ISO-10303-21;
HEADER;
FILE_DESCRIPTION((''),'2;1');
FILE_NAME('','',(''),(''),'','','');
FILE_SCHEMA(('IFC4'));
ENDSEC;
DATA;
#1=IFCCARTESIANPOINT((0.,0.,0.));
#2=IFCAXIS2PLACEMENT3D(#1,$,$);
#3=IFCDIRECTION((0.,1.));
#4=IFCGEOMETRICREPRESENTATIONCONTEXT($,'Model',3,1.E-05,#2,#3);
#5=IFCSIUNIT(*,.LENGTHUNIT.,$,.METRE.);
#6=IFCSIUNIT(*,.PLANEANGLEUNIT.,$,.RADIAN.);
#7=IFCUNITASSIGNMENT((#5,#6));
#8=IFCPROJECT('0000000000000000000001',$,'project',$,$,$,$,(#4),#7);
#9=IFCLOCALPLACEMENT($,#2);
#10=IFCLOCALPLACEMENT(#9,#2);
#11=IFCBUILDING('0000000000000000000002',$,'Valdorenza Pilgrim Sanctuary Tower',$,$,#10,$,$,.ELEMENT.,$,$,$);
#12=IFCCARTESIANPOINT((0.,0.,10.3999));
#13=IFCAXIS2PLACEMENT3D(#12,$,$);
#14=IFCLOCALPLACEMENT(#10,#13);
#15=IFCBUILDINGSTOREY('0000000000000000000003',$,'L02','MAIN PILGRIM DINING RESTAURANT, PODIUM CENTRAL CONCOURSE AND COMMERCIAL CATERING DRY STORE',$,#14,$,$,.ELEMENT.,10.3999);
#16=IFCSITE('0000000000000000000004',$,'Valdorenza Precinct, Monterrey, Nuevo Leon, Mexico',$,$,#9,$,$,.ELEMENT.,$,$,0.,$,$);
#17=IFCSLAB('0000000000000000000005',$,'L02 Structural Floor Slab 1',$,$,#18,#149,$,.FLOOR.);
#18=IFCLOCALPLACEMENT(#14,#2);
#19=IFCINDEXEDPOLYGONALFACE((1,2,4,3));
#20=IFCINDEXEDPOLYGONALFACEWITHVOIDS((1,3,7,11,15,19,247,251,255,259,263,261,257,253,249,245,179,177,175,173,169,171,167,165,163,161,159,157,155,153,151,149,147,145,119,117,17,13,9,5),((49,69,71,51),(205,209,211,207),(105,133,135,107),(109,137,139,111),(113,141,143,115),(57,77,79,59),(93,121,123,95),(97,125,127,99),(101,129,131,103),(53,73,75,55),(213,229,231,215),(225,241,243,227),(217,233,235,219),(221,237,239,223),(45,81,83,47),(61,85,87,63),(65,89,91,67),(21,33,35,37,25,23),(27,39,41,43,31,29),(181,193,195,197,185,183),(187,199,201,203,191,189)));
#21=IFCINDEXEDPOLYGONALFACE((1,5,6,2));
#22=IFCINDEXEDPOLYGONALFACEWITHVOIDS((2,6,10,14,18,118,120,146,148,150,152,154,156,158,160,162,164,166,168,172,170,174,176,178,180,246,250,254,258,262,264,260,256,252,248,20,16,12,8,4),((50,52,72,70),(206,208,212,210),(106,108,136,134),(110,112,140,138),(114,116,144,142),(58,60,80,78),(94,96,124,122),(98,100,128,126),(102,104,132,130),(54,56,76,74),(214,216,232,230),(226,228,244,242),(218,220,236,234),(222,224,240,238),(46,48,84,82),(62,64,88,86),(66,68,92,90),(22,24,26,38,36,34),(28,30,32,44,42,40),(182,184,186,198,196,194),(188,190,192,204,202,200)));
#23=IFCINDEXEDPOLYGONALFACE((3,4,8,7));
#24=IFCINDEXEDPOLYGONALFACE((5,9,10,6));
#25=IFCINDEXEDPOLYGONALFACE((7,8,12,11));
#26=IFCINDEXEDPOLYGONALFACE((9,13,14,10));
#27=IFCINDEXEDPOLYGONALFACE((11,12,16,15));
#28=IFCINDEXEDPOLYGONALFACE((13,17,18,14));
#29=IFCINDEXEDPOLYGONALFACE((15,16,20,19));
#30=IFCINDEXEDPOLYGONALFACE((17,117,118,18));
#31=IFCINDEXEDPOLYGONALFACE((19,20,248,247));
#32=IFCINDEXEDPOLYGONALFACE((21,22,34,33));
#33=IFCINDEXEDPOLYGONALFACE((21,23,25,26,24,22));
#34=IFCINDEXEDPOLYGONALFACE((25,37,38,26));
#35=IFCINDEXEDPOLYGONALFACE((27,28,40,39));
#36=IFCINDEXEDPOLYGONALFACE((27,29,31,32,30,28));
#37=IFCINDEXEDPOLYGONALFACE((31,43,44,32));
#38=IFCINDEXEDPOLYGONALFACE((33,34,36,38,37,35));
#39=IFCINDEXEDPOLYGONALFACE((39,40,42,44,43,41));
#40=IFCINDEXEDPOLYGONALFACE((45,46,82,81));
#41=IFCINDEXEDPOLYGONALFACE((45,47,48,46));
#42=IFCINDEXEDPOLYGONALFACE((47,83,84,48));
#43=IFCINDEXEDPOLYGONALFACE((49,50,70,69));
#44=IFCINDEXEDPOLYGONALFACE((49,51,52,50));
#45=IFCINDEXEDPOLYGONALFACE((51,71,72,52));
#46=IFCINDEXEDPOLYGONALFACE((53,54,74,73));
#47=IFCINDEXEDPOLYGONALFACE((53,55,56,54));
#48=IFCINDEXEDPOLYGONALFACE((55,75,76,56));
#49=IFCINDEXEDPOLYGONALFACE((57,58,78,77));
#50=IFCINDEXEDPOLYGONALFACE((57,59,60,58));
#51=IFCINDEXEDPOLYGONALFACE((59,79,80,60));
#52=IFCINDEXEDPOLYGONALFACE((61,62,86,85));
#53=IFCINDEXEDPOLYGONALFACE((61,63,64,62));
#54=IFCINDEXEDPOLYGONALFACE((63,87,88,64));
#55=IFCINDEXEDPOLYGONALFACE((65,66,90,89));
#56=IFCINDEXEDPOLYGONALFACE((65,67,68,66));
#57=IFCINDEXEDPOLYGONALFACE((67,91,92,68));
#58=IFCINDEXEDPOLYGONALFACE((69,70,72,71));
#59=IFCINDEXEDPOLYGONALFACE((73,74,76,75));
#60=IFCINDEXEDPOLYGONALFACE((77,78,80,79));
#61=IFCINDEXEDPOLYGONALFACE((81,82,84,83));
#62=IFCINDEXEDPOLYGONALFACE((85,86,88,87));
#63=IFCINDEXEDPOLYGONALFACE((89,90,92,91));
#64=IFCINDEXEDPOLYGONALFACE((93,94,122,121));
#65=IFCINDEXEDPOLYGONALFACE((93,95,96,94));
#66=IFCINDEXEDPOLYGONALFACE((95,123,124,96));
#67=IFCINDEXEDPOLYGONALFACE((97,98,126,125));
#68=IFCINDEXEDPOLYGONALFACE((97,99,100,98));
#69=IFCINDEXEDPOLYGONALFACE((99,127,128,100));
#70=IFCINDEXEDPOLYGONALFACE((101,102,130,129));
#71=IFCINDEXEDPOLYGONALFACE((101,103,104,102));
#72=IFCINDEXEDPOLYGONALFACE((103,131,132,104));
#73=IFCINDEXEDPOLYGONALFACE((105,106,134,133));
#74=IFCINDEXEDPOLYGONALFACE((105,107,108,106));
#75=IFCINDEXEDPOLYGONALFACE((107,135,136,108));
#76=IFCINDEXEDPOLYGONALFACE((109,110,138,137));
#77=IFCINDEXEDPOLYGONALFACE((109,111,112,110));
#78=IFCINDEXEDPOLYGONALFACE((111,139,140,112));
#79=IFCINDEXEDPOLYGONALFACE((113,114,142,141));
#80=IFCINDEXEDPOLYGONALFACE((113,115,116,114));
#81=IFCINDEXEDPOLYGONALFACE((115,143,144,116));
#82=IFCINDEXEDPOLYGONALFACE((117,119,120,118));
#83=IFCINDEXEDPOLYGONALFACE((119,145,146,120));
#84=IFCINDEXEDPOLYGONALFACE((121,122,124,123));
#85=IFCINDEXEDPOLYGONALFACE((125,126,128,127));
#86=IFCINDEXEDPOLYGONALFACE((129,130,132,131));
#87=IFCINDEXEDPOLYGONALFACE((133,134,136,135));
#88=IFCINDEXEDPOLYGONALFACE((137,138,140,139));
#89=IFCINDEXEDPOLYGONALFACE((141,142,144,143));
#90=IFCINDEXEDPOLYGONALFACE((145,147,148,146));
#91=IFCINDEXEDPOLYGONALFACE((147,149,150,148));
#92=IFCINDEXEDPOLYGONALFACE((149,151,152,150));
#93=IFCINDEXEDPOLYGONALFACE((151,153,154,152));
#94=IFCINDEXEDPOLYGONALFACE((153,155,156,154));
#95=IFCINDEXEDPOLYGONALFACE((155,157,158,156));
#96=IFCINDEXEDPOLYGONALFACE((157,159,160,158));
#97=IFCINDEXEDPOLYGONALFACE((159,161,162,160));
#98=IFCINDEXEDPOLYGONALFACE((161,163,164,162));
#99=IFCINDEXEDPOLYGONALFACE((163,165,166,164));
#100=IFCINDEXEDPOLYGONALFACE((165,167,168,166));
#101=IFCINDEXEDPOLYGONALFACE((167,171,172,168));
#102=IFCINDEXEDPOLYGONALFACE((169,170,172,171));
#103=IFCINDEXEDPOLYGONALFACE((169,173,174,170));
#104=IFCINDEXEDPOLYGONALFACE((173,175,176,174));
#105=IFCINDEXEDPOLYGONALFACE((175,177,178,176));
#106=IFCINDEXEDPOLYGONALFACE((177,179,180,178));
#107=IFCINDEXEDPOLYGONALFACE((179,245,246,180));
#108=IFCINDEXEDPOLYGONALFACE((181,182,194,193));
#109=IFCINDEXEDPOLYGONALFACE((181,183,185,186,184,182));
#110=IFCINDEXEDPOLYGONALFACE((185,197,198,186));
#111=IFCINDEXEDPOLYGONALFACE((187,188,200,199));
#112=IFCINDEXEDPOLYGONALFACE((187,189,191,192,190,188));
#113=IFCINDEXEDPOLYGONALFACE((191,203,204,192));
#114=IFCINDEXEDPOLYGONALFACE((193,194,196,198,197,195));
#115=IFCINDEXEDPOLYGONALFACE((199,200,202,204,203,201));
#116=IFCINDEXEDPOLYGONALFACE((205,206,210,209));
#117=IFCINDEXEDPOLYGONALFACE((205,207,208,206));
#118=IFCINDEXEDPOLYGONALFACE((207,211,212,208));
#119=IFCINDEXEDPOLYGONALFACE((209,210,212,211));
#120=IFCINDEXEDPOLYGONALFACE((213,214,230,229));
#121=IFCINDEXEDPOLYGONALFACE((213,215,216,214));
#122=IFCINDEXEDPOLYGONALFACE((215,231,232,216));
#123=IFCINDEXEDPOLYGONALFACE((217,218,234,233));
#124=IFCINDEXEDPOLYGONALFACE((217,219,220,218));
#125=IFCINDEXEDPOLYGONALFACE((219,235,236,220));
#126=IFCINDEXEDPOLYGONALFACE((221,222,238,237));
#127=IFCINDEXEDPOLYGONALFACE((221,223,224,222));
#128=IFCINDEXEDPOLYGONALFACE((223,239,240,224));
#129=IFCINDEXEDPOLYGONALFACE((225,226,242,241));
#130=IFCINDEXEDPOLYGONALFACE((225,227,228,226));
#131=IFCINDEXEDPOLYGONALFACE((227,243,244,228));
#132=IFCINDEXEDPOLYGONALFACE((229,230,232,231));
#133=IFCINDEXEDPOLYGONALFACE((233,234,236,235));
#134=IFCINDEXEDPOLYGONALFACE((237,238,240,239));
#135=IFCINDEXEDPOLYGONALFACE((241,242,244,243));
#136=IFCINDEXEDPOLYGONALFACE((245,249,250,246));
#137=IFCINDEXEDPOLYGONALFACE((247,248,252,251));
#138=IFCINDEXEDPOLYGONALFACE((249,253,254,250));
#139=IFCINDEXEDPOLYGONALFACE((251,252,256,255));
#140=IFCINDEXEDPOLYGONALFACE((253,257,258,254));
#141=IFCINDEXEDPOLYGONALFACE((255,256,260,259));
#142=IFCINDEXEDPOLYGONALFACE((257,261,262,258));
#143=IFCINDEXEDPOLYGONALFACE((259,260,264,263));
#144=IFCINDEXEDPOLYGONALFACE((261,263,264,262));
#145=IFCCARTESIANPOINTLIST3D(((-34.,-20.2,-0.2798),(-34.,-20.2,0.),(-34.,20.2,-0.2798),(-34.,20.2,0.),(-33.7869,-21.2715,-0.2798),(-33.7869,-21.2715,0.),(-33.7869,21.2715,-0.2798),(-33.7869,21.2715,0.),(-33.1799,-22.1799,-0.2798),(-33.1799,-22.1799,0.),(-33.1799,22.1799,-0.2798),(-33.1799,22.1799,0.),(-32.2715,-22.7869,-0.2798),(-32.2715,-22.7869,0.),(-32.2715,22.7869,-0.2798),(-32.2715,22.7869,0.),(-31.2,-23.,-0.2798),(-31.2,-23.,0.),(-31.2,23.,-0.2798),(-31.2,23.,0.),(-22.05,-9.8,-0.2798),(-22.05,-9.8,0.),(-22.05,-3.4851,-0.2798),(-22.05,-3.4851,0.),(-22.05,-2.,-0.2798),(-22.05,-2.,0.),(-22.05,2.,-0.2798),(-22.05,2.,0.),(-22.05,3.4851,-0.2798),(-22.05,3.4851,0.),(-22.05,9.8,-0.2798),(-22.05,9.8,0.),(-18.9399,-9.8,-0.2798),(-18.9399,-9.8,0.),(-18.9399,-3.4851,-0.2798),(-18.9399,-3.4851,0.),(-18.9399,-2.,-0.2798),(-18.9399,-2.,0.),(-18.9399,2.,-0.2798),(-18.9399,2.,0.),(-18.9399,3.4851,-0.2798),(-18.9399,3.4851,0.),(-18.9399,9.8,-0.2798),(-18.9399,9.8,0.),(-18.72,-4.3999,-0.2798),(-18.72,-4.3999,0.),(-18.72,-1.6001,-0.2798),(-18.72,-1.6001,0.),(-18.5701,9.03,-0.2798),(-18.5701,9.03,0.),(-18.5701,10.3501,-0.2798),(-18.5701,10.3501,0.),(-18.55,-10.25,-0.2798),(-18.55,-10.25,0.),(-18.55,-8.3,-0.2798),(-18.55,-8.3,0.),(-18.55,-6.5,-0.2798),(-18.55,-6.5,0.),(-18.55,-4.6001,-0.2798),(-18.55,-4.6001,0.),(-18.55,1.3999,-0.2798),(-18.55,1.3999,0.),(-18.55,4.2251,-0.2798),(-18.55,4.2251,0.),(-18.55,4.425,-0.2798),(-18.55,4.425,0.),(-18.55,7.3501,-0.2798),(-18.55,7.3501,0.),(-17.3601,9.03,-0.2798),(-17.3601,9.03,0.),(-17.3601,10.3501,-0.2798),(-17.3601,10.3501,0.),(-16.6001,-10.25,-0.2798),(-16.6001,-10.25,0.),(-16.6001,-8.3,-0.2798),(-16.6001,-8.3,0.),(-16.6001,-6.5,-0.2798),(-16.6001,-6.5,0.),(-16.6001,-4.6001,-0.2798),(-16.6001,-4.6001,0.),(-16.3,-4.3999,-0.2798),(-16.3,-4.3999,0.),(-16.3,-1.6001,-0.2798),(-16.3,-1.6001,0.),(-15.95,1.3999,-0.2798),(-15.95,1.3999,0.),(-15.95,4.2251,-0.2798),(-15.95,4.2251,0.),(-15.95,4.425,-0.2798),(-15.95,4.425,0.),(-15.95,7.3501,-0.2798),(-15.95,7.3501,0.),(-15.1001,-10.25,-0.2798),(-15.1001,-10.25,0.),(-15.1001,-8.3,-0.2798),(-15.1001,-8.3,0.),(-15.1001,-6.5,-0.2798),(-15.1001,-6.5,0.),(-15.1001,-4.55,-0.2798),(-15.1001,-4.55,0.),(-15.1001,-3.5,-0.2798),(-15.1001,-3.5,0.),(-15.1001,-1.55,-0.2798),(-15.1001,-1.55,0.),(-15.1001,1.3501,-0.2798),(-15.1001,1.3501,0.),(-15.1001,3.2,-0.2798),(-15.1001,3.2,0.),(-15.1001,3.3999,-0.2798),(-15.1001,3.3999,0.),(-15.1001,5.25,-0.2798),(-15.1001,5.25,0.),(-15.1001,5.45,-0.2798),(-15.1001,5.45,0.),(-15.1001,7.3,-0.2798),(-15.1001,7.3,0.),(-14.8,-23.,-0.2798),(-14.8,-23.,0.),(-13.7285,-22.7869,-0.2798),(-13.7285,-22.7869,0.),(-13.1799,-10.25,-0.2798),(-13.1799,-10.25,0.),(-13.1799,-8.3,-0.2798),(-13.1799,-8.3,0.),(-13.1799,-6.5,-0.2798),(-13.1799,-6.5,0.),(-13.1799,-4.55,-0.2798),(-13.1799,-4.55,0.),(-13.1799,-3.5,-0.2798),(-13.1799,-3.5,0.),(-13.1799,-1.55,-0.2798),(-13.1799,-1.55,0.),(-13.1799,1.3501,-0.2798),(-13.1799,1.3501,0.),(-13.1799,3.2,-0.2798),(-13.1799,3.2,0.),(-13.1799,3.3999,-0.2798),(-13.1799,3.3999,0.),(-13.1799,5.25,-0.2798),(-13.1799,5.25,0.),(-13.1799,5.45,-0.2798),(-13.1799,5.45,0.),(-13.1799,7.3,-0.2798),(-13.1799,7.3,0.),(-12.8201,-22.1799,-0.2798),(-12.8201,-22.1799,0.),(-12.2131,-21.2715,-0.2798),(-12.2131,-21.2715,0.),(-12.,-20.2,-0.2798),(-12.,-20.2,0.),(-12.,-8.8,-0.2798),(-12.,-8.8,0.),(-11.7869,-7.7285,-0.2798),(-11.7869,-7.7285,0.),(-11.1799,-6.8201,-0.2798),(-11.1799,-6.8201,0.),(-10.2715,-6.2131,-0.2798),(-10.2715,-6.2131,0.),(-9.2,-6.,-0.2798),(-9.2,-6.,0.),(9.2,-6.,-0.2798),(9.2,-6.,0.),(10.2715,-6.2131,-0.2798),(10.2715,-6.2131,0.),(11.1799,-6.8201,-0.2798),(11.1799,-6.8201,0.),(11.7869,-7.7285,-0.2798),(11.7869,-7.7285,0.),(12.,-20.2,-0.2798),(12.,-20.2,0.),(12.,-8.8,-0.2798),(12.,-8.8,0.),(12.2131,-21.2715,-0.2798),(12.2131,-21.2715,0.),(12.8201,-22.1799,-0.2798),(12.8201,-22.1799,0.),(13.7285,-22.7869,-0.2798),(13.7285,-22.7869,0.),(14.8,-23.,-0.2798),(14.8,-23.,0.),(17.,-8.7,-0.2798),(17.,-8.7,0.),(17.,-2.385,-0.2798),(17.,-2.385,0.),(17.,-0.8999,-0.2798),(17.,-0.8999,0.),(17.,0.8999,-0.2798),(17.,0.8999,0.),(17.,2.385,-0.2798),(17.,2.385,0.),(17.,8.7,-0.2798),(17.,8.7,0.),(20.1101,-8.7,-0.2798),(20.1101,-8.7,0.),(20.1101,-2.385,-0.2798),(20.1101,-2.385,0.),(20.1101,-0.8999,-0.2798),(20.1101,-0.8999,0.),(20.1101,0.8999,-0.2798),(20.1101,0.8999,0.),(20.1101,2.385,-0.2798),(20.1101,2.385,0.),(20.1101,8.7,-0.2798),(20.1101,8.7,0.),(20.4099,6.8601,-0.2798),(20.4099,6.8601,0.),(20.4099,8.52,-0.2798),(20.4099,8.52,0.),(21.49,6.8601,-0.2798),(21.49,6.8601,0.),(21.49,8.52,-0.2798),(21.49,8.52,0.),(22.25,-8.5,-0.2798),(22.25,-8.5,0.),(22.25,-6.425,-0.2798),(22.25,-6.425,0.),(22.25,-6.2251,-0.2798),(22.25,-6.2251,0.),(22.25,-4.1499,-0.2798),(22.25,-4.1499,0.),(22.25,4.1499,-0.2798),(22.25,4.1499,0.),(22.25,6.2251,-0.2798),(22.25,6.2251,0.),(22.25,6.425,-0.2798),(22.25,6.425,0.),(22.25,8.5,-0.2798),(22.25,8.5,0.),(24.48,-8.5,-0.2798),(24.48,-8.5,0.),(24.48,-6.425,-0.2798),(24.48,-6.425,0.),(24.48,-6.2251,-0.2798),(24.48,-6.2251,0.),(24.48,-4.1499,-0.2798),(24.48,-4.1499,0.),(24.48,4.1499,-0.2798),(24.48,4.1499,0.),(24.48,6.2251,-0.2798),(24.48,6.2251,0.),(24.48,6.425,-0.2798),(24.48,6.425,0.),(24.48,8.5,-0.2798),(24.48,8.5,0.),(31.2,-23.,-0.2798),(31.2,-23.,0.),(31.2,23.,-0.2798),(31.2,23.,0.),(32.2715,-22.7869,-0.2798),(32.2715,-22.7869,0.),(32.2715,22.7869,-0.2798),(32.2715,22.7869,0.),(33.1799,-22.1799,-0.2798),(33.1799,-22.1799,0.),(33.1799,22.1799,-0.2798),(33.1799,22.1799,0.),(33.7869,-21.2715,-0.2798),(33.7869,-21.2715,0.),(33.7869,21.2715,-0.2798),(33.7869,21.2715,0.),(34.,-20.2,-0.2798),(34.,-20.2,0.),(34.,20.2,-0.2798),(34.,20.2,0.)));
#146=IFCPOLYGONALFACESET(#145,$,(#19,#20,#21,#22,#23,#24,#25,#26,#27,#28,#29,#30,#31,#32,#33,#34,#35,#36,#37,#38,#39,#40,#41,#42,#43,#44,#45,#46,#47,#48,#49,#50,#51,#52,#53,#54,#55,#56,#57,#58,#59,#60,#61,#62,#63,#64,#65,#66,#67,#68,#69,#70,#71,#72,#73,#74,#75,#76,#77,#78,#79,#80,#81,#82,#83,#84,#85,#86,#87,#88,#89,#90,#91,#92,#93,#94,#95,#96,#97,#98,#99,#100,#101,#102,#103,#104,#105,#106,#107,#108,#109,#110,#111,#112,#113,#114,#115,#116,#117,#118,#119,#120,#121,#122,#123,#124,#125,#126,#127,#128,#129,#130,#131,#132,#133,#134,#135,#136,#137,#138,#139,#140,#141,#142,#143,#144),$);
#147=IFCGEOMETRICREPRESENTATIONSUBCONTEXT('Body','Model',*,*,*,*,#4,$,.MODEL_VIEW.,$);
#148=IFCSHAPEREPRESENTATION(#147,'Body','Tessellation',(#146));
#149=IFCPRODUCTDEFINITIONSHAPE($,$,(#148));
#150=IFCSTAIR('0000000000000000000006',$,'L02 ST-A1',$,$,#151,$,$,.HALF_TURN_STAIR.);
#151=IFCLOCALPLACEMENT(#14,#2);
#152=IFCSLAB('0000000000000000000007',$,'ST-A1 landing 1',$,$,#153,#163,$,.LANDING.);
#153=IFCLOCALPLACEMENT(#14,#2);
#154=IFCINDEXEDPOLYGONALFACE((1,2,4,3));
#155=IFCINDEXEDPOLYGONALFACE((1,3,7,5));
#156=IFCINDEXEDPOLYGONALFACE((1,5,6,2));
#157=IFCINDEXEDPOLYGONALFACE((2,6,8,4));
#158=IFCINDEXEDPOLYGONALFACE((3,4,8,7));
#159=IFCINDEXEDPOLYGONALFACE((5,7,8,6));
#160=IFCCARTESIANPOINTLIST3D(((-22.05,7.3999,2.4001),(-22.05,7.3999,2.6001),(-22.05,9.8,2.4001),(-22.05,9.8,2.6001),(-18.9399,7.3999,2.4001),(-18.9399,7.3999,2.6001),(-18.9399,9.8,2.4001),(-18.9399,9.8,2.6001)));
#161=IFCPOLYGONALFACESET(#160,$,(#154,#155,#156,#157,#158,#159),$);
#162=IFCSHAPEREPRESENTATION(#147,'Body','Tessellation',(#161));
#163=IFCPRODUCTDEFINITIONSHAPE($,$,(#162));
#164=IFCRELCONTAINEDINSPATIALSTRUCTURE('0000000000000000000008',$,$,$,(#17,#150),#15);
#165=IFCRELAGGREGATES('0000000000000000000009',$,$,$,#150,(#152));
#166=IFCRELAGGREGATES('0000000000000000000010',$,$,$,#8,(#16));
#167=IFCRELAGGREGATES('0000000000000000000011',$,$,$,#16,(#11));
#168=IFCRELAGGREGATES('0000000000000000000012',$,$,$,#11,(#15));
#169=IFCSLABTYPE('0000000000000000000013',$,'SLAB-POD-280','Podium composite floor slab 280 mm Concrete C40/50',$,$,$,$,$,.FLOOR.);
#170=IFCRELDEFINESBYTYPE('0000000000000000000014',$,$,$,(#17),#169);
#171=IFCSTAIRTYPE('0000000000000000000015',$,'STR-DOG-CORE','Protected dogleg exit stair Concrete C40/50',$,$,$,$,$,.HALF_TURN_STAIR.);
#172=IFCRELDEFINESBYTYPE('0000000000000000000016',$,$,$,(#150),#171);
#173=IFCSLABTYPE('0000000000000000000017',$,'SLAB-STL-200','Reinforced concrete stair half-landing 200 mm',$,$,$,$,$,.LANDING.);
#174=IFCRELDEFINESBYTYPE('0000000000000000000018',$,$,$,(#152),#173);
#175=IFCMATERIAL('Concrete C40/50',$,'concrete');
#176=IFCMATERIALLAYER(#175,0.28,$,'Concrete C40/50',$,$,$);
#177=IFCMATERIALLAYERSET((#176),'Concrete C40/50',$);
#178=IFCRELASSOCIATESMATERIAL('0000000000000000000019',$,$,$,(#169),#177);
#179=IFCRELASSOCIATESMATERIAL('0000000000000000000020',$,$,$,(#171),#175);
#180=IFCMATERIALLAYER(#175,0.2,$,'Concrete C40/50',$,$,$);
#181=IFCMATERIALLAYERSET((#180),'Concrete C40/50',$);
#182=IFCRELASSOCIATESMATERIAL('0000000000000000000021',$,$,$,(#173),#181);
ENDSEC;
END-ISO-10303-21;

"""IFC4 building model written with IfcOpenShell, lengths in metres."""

from ifc_helpers import new_model, si_unit, direction, frame, origin, place, context, subcontext, project, spatial, polyline, outline, extrude, material, layer, layer_set, type_object, element, aggregate, save


model = new_model("IFC4")

# Units and contexts
model_context = context("Model", 3, precision=1e-05, world=origin(), true_north=direction((0.0, 1.0)))
body_context = subcontext(model_context, "Body", "Model", "MODEL_VIEW")
ifc_project = project(units=[si_unit("LENGTHUNIT", "METRE"), si_unit("PLANEANGLEUNIT", "RADIAN")], contexts=[model_context])

# Site, building, storey
site_placement = place(None, origin())
site = spatial("IfcSite", under=ifc_project, at=site_placement, Name="Valdorenza Precinct, Monterrey, Nuevo Leon, Mexico", CompositionType="ELEMENT", RefElevation=0.0)
building_placement = place(site_placement, origin())
building = spatial("IfcBuilding", under=site, at=building_placement, Name="Valdorenza Pilgrim Sanctuary Tower", CompositionType="ELEMENT")
storey_placement = place(building_placement, frame((0.0, 0.0, 10.3999)))
storey = spatial("IfcBuildingStorey", under=building, at=storey_placement, Name="L02", Description="MAIN PILGRIM DINING RESTAURANT, PODIUM CENTRAL CONCOURSE AND COMMERCIAL CATERING DRY STORE", CompositionType="ELEMENT", Elevation=10.3999)

# Slab
ifc_material_1 = material(Name="Concrete C40/50", Category="concrete")
ifc_layer_1 = layer(ifc_material_1, 0.28, Name="Concrete C40/50")
ifc_layer_set_1 = layer_set([ifc_layer_1], Name="Concrete C40/50")
slab_type_1 = type_object("IfcSlabType", Name="SLAB-POD-280", Description="Podium composite floor slab 280 mm Concrete C40/50", PredefinedType="FLOOR", material=ifc_layer_set_1)
slab_1_placement = place(storey_placement, frame((0.0, 0.0, -0.2798)))
element("IfcSlab", 1, at=slab_1_placement, inside=storey, type_object=slab_type_1, Name="L02 Structural Floor Slab 1", PredefinedType="FLOOR", context=body_context, shape_type="SweptSolid", body=[
    extrude(outline(polyline([(-34.0, 20.2), (-33.7869, 21.2715), (-33.1799, 22.1799), (-32.2715, 22.7869), (-31.2, 23.0), (31.2, 23.0), (32.2715, 22.7869), (33.1799, 22.1799), (33.7869, 21.2715), (34.0, 20.2), (34.0, -20.2), (33.7869, -21.2715), (33.1799, -22.1799), (32.2715, -22.7869), (31.2, -23.0), (14.8, -23.0), (13.7285, -22.7869), (12.8201, -22.1799), (12.2131, -21.2715), (12.0, -20.2), (12.0, -8.8), (11.7869, -7.7285), (11.1799, -6.8201), (10.2715, -6.2131), (9.2, -6.0), (-9.2, -6.0), (-10.2715, -6.2131), (-11.1799, -6.8201), (-11.7869, -7.7285), (-12.0, -8.8), (-12.0, -20.2), (-12.2131, -21.2715), (-12.8201, -22.1799), (-13.7285, -22.7869), (-14.8, -23.0), (-31.2, -23.0), (-32.2715, -22.7869), (-33.1799, -22.1799), (-33.7869, -21.2715), (-34.0, -20.2), (-34.0, 20.2)]), holes=[polyline([(-16.6001, -10.25), (-16.6001, -8.3), (-18.55, -8.3), (-18.55, -10.25), (-16.6001, -10.25)]), polyline([(-22.05, -9.8), (-18.9399, -9.8), (-18.9399, -3.4851), (-18.9399, -2.0), (-22.05, -2.0), (-22.05, -3.4851), (-22.05, -9.8)]), polyline([(-18.55, -6.5), (-16.6001, -6.5), (-16.6001, -4.6001), (-18.55, -4.6001), (-18.55, -6.5)]), polyline([(-13.1799, -6.5), (-13.1799, -4.55), (-15.1001, -4.55), (-15.1001, -6.5), (-13.1799, -6.5)]), polyline([(-18.72, -4.3999), (-16.3, -4.3999), (-16.3, -1.6001), (-18.72, -1.6001), (-18.72, -4.3999)]), polyline([(-13.1799, -3.5), (-13.1799, -1.55), (-15.1001, -1.55), (-15.1001, -3.5), (-13.1799, -3.5)]), polyline([(-22.05, 2.0), (-18.9399, 2.0), (-18.9399, 3.4851), (-18.9399, 9.8), (-22.05, 9.8), (-22.05, 3.4851), (-22.05, 2.0)]), polyline([(-18.55, 1.3999), (-15.95, 1.3999), (-15.95, 4.2251), (-18.55, 4.2251), (-18.55, 1.3999)]), polyline([(-15.95, 4.425), (-15.95, 7.3501), (-18.55, 7.3501), (-18.55, 4.425), (-15.95, 4.425)]), polyline([(-15.1001, 5.45), (-13.1799, 5.45), (-13.1799, 7.3), (-15.1001, 7.3), (-15.1001, 5.45)]), polyline([(-17.3601, 9.03), (-17.3601, 10.3501), (-18.5701, 10.3501), (-18.5701, 9.03), (-17.3601, 9.03)]), polyline([(-15.1001, -10.25), (-13.1799, -10.25), (-13.1799, -8.3), (-15.1001, -8.3), (-15.1001, -10.25)]), polyline([(22.25, -8.5), (24.48, -8.5), (24.48, -6.425), (22.25, -6.425), (22.25, -8.5)]), polyline([(17.0, -2.385), (17.0, -8.7), (20.1101, -8.7), (20.1101, -2.385), (20.1101, -0.8999), (17.0, -0.8999), (17.0, -2.385)]), polyline([(22.25, -6.2251), (24.48, -6.2251), (24.48, -4.1499), (22.25, -4.1499), (22.25, -6.2251)]), polyline([(17.0, 0.8999), (20.1101, 0.8999), (20.1101, 2.385), (20.1101, 8.7), (17.0, 8.7), (17.0, 2.385), (17.0, 0.8999)]), polyline([(-15.1001, 1.3501), (-13.1799, 1.3501), (-13.1799, 3.2), (-15.1001, 3.2), (-15.1001, 1.3501)]), polyline([(-15.1001, 3.3999), (-13.1799, 3.3999), (-13.1799, 5.25), (-15.1001, 5.25), (-15.1001, 3.3999)]), polyline([(22.25, 4.1499), (24.48, 4.1499), (24.48, 6.2251), (22.25, 6.2251), (22.25, 4.1499)]), polyline([(22.25, 6.425), (24.48, 6.425), (24.48, 8.5), (22.25, 8.5), (22.25, 6.425)]), polyline([(20.4099, 6.8601), (21.49, 6.8601), (21.49, 8.52), (20.4099, 8.52), (20.4099, 6.8601)])]), origin(), (0.0, 0.0, 1.0), 0.2798),
])

# Stair, slab
stair_type = type_object("IfcStairType", Name="STR-DOG-CORE", Description="Protected dogleg exit stair Concrete C40/50", PredefinedType="HALF_TURN_STAIR", material=ifc_material_1)
stair_placement = place(storey_placement, origin())
stair = element("IfcStair", 2, at=stair_placement, inside=storey, type_object=stair_type, Name="L02 ST-A1", PredefinedType="HALF_TURN_STAIR")
ifc_layer_2 = layer(ifc_material_1, 0.2, Name="Concrete C40/50")
ifc_layer_set_2 = layer_set([ifc_layer_2], Name="Concrete C40/50")
slab_type_2 = type_object("IfcSlabType", Name="SLAB-STL-200", Description="Reinforced concrete stair half-landing 200 mm", PredefinedType="LANDING", material=ifc_layer_set_2)
slab_2_placement = place(storey_placement, frame((0.0, 0.0, 2.4001)))
slab_2 = element("IfcSlab", 3, at=slab_2_placement, type_object=slab_type_2, Name="ST-A1 landing 1", PredefinedType="LANDING", context=body_context, shape_type="SweptSolid", body=[
    extrude(outline(polyline([(-18.9399, 7.3999), (-18.9399, 9.8), (-22.05, 9.8), (-22.05, 7.3999), (-18.9399, 7.3999)])), origin(), (0.0, 0.0, 1.0), 0.2),
])
aggregate(stair, [slab_2])

save(model, "model.ifc")
